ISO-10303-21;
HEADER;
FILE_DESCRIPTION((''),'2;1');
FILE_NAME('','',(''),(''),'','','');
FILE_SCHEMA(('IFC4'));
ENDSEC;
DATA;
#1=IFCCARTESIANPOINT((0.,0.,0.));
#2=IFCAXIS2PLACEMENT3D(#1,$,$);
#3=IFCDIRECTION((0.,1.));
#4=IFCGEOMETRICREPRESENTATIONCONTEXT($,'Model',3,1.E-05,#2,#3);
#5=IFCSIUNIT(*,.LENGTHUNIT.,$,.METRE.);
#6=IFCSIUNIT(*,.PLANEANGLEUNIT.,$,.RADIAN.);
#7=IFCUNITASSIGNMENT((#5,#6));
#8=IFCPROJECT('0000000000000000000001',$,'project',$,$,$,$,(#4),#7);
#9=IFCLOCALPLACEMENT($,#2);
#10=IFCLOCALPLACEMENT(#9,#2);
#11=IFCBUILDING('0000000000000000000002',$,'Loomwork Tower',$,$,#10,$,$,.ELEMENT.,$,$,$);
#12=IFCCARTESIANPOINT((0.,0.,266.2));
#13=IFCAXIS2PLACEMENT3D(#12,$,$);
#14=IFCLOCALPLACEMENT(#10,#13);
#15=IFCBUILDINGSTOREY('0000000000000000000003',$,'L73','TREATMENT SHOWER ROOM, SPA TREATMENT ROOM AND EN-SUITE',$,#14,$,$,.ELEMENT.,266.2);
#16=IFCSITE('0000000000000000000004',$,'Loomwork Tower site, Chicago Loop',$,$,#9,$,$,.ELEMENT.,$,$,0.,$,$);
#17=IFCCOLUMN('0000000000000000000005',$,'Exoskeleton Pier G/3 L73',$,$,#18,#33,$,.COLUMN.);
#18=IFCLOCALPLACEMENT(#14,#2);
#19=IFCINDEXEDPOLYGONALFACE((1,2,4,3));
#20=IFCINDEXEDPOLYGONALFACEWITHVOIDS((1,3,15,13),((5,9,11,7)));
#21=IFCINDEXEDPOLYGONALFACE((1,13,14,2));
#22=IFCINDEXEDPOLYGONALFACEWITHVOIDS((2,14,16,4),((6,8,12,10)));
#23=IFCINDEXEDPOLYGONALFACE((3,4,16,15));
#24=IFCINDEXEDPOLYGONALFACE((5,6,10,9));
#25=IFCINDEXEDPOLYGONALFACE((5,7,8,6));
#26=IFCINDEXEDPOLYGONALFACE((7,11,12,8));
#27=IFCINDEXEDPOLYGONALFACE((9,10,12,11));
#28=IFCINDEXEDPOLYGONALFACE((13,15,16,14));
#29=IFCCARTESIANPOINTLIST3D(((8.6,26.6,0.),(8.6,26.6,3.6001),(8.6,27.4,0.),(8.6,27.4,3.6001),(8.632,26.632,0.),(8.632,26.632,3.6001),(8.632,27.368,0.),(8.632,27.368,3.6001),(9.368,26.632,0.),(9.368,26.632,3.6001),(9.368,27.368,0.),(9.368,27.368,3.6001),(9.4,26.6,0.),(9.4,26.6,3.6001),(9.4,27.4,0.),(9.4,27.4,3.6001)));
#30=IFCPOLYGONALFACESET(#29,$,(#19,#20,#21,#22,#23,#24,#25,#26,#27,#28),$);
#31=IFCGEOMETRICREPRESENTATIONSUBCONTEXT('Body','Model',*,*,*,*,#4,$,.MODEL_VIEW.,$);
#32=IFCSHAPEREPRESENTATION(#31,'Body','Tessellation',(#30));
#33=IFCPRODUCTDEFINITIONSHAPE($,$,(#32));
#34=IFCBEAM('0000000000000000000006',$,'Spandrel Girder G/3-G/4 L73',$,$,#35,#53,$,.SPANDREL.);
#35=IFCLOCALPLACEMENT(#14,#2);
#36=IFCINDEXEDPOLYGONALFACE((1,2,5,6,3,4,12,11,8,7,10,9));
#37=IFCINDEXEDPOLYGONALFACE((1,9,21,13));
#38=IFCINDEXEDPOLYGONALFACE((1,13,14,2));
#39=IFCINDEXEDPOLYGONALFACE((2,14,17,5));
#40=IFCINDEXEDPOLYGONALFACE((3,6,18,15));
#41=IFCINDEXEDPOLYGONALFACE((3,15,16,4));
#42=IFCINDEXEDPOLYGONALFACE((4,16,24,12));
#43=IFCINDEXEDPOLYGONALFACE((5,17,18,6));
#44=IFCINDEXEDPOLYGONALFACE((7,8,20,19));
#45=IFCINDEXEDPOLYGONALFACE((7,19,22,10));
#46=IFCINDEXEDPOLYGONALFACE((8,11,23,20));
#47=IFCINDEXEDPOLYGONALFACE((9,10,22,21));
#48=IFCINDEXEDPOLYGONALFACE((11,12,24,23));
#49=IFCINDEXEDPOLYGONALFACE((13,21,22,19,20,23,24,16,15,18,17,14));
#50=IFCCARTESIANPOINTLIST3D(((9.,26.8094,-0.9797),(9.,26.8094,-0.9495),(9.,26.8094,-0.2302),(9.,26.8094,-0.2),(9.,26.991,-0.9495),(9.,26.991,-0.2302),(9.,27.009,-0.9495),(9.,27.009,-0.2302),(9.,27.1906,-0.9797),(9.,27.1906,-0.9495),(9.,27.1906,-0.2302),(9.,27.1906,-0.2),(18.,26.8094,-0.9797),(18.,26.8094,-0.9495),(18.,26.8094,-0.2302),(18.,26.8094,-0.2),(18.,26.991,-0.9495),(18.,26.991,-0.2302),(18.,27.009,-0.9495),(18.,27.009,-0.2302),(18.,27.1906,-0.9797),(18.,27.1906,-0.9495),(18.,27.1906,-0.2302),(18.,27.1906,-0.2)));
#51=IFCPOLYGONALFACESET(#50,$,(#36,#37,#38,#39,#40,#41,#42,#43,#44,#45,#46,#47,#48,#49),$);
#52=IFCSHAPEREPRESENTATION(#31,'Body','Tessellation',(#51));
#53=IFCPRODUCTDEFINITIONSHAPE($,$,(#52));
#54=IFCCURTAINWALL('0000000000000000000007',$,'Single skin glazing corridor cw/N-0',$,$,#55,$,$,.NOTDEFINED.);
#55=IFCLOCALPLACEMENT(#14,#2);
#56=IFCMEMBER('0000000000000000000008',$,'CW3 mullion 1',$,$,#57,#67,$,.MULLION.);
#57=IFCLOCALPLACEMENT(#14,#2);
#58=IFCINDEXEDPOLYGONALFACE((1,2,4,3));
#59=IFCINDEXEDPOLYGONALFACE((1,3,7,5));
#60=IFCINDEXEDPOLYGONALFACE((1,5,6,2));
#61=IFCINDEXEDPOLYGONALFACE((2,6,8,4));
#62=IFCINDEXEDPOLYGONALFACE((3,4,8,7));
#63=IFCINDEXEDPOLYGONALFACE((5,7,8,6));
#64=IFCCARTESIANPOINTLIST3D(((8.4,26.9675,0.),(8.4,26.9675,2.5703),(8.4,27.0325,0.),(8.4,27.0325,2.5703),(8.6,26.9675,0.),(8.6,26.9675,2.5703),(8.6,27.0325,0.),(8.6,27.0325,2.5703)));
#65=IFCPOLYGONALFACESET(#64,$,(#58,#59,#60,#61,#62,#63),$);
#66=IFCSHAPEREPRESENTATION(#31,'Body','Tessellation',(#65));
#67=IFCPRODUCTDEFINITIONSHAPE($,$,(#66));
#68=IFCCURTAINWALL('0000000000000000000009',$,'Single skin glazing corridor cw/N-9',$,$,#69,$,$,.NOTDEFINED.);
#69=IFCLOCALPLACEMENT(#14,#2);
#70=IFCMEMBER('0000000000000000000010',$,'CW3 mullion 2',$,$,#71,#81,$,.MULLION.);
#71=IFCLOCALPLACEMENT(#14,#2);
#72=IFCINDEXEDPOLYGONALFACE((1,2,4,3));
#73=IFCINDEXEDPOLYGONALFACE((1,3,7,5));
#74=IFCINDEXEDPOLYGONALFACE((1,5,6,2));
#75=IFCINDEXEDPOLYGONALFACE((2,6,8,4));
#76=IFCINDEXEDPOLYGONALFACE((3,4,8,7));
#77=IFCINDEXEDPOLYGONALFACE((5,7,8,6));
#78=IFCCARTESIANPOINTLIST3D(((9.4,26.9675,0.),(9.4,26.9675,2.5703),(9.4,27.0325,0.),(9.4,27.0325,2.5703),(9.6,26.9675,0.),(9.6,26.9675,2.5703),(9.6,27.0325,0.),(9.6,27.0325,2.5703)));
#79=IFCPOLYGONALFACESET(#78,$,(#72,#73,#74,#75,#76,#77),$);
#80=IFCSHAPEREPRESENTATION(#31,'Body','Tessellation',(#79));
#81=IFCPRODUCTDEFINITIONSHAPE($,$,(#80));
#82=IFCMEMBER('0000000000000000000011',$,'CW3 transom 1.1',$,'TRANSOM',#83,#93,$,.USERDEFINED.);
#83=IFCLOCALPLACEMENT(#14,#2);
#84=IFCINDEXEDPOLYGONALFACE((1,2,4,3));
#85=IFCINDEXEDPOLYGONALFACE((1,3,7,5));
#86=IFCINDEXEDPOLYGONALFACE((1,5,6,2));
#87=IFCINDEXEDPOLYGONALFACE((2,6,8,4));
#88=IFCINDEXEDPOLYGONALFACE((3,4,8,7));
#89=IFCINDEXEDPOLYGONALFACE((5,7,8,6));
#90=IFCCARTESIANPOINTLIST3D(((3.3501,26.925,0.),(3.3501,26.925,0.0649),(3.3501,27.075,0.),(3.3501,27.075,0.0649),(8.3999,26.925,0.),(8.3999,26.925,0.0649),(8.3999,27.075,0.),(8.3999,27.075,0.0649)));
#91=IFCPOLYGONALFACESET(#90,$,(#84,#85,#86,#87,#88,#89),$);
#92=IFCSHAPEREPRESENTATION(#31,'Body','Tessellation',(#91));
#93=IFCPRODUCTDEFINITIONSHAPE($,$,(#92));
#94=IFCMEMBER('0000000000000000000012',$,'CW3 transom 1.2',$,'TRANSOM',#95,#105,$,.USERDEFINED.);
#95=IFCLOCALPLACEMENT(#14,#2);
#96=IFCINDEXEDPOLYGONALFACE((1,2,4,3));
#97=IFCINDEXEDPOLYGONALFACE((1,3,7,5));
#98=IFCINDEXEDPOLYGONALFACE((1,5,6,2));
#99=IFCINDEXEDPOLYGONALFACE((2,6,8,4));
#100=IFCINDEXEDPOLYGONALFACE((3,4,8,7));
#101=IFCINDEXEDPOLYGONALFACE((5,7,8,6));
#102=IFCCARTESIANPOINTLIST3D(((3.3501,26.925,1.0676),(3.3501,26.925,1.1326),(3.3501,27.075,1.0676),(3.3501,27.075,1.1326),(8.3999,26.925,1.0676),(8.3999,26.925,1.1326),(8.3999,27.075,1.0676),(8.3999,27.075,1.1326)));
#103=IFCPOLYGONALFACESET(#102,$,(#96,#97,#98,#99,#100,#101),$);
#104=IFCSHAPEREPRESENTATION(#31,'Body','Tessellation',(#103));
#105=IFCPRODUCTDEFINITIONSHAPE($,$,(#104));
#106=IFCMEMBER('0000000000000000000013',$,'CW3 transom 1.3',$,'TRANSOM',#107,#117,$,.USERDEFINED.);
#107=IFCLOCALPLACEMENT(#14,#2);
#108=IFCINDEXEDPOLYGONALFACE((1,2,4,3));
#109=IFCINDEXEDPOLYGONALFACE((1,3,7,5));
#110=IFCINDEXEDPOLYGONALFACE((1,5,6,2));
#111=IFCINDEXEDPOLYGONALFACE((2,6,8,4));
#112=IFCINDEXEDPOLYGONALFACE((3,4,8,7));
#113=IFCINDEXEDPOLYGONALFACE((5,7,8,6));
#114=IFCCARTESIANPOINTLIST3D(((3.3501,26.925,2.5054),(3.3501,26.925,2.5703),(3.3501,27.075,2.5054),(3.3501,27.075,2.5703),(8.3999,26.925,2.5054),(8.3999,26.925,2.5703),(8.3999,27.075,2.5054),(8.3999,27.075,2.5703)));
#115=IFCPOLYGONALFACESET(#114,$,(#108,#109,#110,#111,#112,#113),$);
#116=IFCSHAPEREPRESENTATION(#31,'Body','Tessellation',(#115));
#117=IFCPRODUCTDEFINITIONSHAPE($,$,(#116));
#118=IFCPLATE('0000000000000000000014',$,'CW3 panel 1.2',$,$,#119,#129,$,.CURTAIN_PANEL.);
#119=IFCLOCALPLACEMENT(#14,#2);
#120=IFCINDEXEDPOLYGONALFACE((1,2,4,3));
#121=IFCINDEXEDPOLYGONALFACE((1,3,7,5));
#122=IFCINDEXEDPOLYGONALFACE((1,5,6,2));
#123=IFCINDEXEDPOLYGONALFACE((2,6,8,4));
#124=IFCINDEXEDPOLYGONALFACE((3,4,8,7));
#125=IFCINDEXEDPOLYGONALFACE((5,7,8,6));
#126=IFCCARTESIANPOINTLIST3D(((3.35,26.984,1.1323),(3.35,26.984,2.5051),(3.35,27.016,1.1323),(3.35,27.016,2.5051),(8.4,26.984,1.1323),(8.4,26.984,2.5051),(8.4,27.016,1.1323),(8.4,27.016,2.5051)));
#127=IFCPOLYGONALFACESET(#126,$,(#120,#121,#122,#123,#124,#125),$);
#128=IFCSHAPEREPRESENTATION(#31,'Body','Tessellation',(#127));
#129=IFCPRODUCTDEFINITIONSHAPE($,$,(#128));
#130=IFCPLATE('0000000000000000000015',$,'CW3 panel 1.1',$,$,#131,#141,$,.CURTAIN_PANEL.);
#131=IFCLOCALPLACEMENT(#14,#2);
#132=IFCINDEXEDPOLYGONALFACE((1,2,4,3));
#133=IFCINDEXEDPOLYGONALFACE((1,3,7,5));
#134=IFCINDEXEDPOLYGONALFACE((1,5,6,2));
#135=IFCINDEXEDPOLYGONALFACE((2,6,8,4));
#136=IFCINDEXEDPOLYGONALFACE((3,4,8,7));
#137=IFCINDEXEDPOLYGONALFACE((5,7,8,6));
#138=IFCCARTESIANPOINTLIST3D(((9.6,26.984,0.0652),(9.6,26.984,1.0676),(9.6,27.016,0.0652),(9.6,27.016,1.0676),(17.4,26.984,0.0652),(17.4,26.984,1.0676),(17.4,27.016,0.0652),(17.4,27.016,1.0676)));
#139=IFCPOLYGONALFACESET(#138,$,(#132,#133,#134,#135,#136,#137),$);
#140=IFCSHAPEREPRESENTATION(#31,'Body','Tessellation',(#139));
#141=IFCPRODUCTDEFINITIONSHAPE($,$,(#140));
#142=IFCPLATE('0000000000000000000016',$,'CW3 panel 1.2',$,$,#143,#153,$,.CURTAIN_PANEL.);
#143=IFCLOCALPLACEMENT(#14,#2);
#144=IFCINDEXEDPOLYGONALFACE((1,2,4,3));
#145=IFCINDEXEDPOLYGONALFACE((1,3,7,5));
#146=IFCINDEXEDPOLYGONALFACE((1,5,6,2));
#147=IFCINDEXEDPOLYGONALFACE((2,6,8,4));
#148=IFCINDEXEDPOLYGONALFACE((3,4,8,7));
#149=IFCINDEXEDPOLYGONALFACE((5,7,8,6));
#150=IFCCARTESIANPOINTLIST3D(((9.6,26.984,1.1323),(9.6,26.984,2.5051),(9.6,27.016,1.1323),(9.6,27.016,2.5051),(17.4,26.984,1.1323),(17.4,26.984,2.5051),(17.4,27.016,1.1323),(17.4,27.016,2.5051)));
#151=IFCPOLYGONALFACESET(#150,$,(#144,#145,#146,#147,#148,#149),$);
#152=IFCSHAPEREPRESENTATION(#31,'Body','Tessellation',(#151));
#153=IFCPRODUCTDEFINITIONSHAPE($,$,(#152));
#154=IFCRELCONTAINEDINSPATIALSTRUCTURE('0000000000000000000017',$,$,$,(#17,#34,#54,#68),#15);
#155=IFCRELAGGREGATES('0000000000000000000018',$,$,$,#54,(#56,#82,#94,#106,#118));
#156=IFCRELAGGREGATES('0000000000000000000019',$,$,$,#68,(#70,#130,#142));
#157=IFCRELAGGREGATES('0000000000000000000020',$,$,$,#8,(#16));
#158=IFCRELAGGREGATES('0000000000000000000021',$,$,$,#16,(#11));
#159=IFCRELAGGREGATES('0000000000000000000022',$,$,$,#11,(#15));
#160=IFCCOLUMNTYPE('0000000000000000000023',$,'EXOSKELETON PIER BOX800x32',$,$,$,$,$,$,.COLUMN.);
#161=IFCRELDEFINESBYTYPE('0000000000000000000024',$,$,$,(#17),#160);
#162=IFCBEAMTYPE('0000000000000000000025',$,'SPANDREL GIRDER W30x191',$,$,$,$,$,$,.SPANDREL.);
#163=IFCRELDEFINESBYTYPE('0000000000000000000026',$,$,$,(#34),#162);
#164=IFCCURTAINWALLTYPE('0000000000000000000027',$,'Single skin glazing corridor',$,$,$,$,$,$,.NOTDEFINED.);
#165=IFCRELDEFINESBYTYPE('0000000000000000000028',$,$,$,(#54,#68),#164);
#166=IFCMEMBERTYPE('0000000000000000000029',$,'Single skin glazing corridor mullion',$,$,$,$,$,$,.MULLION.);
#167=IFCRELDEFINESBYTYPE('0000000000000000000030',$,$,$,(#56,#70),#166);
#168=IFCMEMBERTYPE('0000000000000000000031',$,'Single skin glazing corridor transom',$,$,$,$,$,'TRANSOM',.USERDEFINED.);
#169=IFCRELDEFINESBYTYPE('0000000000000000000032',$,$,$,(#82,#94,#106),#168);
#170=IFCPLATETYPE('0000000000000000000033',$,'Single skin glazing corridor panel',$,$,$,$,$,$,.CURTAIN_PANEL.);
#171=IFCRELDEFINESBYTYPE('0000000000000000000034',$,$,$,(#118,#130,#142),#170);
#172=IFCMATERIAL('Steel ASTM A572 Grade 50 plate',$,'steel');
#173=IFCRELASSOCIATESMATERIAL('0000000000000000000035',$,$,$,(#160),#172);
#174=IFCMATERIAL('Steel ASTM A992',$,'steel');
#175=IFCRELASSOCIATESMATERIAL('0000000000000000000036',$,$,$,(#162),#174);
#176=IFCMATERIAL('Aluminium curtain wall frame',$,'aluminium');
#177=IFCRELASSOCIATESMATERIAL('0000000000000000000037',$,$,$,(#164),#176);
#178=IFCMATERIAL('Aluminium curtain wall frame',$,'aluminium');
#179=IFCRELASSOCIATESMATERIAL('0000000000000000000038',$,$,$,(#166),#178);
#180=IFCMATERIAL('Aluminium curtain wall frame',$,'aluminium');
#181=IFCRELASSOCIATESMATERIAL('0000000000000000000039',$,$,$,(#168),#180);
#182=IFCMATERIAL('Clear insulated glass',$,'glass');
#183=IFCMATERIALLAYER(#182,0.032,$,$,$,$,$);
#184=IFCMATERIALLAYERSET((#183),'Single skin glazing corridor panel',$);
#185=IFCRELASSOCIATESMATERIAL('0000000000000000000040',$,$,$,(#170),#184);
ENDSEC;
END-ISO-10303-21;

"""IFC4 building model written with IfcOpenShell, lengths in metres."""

from ifc_helpers import new_model, si_unit, direction, frame, origin, origin_2d, place, context, subcontext, project, spatial, rectangle, hollow_rectangle, i_section, extrude, material, layer, layer_set, material_profile, profile_set, type_object, element, aggregate, save


model = new_model("IFC4")

# Units and contexts
model_context = context("Model", 3, precision=1e-05, world=origin(), true_north=direction((0.0, 1.0)))
body_context = subcontext(model_context, "Body", "Model", "MODEL_VIEW")
ifc_project = project(units=[si_unit("LENGTHUNIT", "METRE"), si_unit("PLANEANGLEUNIT", "RADIAN")], contexts=[model_context])

# Site, building, storey
site_placement = place(None, origin())
site = spatial("IfcSite", under=ifc_project, at=site_placement, Name="Loomwork Tower site, Chicago Loop", CompositionType="ELEMENT", RefElevation=0.0)
building_placement = place(site_placement, origin())
building = spatial("IfcBuilding", under=site, at=building_placement, Name="Loomwork Tower", CompositionType="ELEMENT")
storey_placement = place(building_placement, frame((0.0, 0.0, 266.2)))
storey = spatial("IfcBuildingStorey", under=building, at=storey_placement, Name="L73", Description="TREATMENT SHOWER ROOM, SPA TREATMENT ROOM AND EN-SUITE", CompositionType="ELEMENT", Elevation=266.2)

# Column
ifc_material_1 = material(Name="Steel ASTM A572 Grade 50 plate", Category="steel")
ifc_material_profile_1 = material_profile(ifc_material_1, hollow_rectangle(XDim=0.8, YDim=0.8, WallThickness=0.032, at=origin_2d()), Name="BOX800x32")
ifc_profile_set_1 = profile_set([ifc_material_profile_1], Name="Steel ASTM A572 Grade 50 plate")
column_type = type_object("IfcColumnType", Name="EXOSKELETON PIER BOX800x32", PredefinedType="COLUMN", material=ifc_profile_set_1)
column_placement = place(storey_placement, frame((9.0, 27.0, 0.0), z_axis=(0.0, 0.0, 1.0), x_axis=(1.0, 0.0, 0.0)))
element("IfcColumn", 1, at=column_placement, inside=storey, type_object=column_type, Name="Exoskeleton Pier G/3 L73", PredefinedType="COLUMN", context=body_context, shape_type="SweptSolid", body=[
    extrude(hollow_rectangle(XDim=0.8, YDim=0.8, WallThickness=0.032, at=origin_2d()), origin(), (0.0, 0.0, 1.0), 3.6001),
])

# Beam
ifc_material_2 = material(Name="Steel ASTM A992", Category="steel")
ifc_material_profile_2 = material_profile(ifc_material_2, i_section(OverallWidth=0.3811, OverallDepth=0.7798, WebThickness=0.0181, FlangeThickness=0.0303, at=origin_2d()), Name="W30x191")
ifc_profile_set_2 = profile_set([ifc_material_profile_2], Name="Steel ASTM A992")
beam_type = type_object("IfcBeamType", Name="SPANDREL GIRDER W30x191", PredefinedType="SPANDREL", material=ifc_profile_set_2)
beam_placement = place(storey_placement, frame((9.0, 27.0, -0.5898), z_axis=(1.0, 0.0, 0.0), x_axis=(0.0, 1.0, 0.0)))
element("IfcBeam", 2, at=beam_placement, inside=storey, type_object=beam_type, Name="Spandrel Girder G/3-G/4 L73", PredefinedType="SPANDREL", context=body_context, shape_type="SweptSolid", body=[
    extrude(i_section(OverallWidth=0.3811, OverallDepth=0.7798, WebThickness=0.0181, FlangeThickness=0.0303, at=origin_2d()), origin(), (0.0, 0.0, 1.0), 9.0),
])

# Curtain walls, members
ifc_material_3 = material(Name="Aluminium curtain wall frame", Category="aluminium")
curtain_wall_type = type_object("IfcCurtainWallType", Name="Single skin glazing corridor", PredefinedType="NOTDEFINED", material=ifc_material_3)
curtain_wall_1_placement = place(storey_placement, origin())
curtain_wall_1 = element("IfcCurtainWall", 3, at=curtain_wall_1_placement, inside=storey, type_object=curtain_wall_type, Name="Single skin glazing corridor cw/N-0", PredefinedType="NOTDEFINED")
ifc_material_4 = material(Name="Aluminium curtain wall frame", Category="aluminium")
ifc_material_profile_3 = material_profile(ifc_material_4, rectangle(XDim=0.0649, YDim=0.2, at=origin_2d()), Name="AL 65x200")
ifc_profile_set_3 = profile_set([ifc_material_profile_3], Name="Aluminium curtain wall frame")
member_type_1 = type_object("IfcMemberType", Name="Single skin glazing corridor mullion", PredefinedType="MULLION", material=ifc_profile_set_3)
member_1_placement = place(storey_placement, frame((8.5, 27.0, 0.0), z_axis=(0.0, 0.0, 1.0), x_axis=(0.0, -1.0, 0.0)))
member_1 = element("IfcMember", 4, at=member_1_placement, type_object=member_type_1, Name="CW3 mullion 1", PredefinedType="MULLION", context=body_context, shape_type="SweptSolid", body=[
    extrude(rectangle(XDim=0.0649, YDim=0.2, at=origin_2d()), origin(), (0.0, 0.0, 1.0), 2.5703),
])
curtain_wall_2_placement = place(storey_placement, origin())
curtain_wall_2 = element("IfcCurtainWall", 5, at=curtain_wall_2_placement, inside=storey, type_object=curtain_wall_type, Name="Single skin glazing corridor cw/N-9", PredefinedType="NOTDEFINED")
member_2_placement = place(storey_placement, frame((9.5, 27.0, 0.0), z_axis=(0.0, 0.0, 1.0), x_axis=(0.0, -1.0, 0.0)))
member_2 = element("IfcMember", 6, at=member_2_placement, type_object=member_type_1, Name="CW3 mullion 2", PredefinedType="MULLION", context=body_context, shape_type="SweptSolid", body=[
    extrude(rectangle(XDim=0.0649, YDim=0.2, at=origin_2d()), origin(), (0.0, 0.0, 1.0), 2.5703),
])

# Members
ifc_material_5 = material(Name="Aluminium curtain wall frame", Category="aluminium")
ifc_material_profile_4 = material_profile(ifc_material_5, rectangle(XDim=0.1499, YDim=0.0649, at=origin_2d()), Name="AL 65x150")
ifc_profile_set_4 = profile_set([ifc_material_profile_4], Name="Aluminium curtain wall frame")
member_type_2 = type_object("IfcMemberType", Name="Single skin glazing corridor transom", ElementType="TRANSOM", PredefinedType="USERDEFINED", material=ifc_profile_set_4)
member_3_placement = place(storey_placement, frame((8.3999, 27.0, 0.0325), z_axis=(-1.0, 0.0, 0.0), x_axis=(0.0, -1.0, 0.0)))
member_3 = element("IfcMember", 7, at=member_3_placement, type_object=member_type_2, Name="CW3 transom 1.1", ObjectType="TRANSOM", PredefinedType="USERDEFINED", context=body_context, shape_type="SweptSolid", body=[
    extrude(rectangle(XDim=0.1499, YDim=0.0649, at=origin_2d()), origin(), (0.0, 0.0, 1.0), 5.0498),
])
member_4_placement = place(storey_placement, frame((8.3999, 27.0, 1.1001), z_axis=(-1.0, 0.0, 0.0), x_axis=(0.0, -1.0, 0.0)))
member_4 = element("IfcMember", 8, at=member_4_placement, type_object=member_type_2, Name="CW3 transom 1.2", ObjectType="TRANSOM", PredefinedType="USERDEFINED", context=body_context, shape_type="SweptSolid", body=[
    extrude(rectangle(XDim=0.1499, YDim=0.0649, at=origin_2d()), origin(), (0.0, 0.0, 1.0), 5.0498),
])
member_5_placement = place(storey_placement, frame((8.3999, 27.0, 2.5378), z_axis=(-1.0, 0.0, 0.0), x_axis=(0.0, -1.0, 0.0)))
member_5 = element("IfcMember", 9, at=member_5_placement, type_object=member_type_2, Name="CW3 transom 1.3", ObjectType="TRANSOM", PredefinedType="USERDEFINED", context=body_context, shape_type="SweptSolid", body=[
    extrude(rectangle(XDim=0.1499, YDim=0.0649, at=origin_2d()), origin(), (0.0, 0.0, 1.0), 5.0498),
])

# Plates
ifc_material_6 = material(Name="Clear insulated glass", Category="glass")
ifc_layer_1 = layer(ifc_material_6, 0.032)
ifc_layer_set_1 = layer_set([ifc_layer_1], Name="Single skin glazing corridor panel")
plate_type = type_object("IfcPlateType", Name="Single skin glazing corridor panel", PredefinedType="CURTAIN_PANEL", material=ifc_layer_set_1)
plate_1_placement = place(storey_placement, frame((5.875, 27.0, 1.1323), z_axis=(0.0, 0.0, 1.0), x_axis=(-1.0, 0.0, 0.0)))
plate_1 = element("IfcPlate", 10, at=plate_1_placement, type_object=plate_type, Name="CW3 panel 1.2", PredefinedType="CURTAIN_PANEL", context=body_context, shape_type="SweptSolid", body=[
    extrude(rectangle(XDim=5.05, YDim=0.032, at=origin_2d()), origin(), (0.0, 0.0, 1.0), 1.3728),
])
aggregate(curtain_wall_1, [member_1, member_3, member_4, member_5, plate_1])
plate_2_placement = place(storey_placement, frame((13.5, 27.0, 0.0652), z_axis=(0.0, 0.0, 1.0), x_axis=(-1.0, 0.0, 0.0)))
plate_2 = element("IfcPlate", 11, at=plate_2_placement, type_object=plate_type, Name="CW3 panel 1.1", PredefinedType="CURTAIN_PANEL", context=body_context, shape_type="SweptSolid", body=[
    extrude(rectangle(XDim=7.8, YDim=0.032, at=origin_2d()), origin(), (0.0, 0.0, 1.0), 1.0024),
])
plate_3_placement = place(storey_placement, frame((13.5, 27.0, 1.1323), z_axis=(0.0, 0.0, 1.0), x_axis=(-1.0, 0.0, 0.0)))
plate_3 = element("IfcPlate", 12, at=plate_3_placement, type_object=plate_type, Name="CW3 panel 1.2", PredefinedType="CURTAIN_PANEL", context=body_context, shape_type="SweptSolid", body=[
    extrude(rectangle(XDim=7.8, YDim=0.032, at=origin_2d()), origin(), (0.0, 0.0, 1.0), 1.3728),
])
aggregate(curtain_wall_2, [member_2, plate_2, plate_3])

save(model, "model.ifc")
